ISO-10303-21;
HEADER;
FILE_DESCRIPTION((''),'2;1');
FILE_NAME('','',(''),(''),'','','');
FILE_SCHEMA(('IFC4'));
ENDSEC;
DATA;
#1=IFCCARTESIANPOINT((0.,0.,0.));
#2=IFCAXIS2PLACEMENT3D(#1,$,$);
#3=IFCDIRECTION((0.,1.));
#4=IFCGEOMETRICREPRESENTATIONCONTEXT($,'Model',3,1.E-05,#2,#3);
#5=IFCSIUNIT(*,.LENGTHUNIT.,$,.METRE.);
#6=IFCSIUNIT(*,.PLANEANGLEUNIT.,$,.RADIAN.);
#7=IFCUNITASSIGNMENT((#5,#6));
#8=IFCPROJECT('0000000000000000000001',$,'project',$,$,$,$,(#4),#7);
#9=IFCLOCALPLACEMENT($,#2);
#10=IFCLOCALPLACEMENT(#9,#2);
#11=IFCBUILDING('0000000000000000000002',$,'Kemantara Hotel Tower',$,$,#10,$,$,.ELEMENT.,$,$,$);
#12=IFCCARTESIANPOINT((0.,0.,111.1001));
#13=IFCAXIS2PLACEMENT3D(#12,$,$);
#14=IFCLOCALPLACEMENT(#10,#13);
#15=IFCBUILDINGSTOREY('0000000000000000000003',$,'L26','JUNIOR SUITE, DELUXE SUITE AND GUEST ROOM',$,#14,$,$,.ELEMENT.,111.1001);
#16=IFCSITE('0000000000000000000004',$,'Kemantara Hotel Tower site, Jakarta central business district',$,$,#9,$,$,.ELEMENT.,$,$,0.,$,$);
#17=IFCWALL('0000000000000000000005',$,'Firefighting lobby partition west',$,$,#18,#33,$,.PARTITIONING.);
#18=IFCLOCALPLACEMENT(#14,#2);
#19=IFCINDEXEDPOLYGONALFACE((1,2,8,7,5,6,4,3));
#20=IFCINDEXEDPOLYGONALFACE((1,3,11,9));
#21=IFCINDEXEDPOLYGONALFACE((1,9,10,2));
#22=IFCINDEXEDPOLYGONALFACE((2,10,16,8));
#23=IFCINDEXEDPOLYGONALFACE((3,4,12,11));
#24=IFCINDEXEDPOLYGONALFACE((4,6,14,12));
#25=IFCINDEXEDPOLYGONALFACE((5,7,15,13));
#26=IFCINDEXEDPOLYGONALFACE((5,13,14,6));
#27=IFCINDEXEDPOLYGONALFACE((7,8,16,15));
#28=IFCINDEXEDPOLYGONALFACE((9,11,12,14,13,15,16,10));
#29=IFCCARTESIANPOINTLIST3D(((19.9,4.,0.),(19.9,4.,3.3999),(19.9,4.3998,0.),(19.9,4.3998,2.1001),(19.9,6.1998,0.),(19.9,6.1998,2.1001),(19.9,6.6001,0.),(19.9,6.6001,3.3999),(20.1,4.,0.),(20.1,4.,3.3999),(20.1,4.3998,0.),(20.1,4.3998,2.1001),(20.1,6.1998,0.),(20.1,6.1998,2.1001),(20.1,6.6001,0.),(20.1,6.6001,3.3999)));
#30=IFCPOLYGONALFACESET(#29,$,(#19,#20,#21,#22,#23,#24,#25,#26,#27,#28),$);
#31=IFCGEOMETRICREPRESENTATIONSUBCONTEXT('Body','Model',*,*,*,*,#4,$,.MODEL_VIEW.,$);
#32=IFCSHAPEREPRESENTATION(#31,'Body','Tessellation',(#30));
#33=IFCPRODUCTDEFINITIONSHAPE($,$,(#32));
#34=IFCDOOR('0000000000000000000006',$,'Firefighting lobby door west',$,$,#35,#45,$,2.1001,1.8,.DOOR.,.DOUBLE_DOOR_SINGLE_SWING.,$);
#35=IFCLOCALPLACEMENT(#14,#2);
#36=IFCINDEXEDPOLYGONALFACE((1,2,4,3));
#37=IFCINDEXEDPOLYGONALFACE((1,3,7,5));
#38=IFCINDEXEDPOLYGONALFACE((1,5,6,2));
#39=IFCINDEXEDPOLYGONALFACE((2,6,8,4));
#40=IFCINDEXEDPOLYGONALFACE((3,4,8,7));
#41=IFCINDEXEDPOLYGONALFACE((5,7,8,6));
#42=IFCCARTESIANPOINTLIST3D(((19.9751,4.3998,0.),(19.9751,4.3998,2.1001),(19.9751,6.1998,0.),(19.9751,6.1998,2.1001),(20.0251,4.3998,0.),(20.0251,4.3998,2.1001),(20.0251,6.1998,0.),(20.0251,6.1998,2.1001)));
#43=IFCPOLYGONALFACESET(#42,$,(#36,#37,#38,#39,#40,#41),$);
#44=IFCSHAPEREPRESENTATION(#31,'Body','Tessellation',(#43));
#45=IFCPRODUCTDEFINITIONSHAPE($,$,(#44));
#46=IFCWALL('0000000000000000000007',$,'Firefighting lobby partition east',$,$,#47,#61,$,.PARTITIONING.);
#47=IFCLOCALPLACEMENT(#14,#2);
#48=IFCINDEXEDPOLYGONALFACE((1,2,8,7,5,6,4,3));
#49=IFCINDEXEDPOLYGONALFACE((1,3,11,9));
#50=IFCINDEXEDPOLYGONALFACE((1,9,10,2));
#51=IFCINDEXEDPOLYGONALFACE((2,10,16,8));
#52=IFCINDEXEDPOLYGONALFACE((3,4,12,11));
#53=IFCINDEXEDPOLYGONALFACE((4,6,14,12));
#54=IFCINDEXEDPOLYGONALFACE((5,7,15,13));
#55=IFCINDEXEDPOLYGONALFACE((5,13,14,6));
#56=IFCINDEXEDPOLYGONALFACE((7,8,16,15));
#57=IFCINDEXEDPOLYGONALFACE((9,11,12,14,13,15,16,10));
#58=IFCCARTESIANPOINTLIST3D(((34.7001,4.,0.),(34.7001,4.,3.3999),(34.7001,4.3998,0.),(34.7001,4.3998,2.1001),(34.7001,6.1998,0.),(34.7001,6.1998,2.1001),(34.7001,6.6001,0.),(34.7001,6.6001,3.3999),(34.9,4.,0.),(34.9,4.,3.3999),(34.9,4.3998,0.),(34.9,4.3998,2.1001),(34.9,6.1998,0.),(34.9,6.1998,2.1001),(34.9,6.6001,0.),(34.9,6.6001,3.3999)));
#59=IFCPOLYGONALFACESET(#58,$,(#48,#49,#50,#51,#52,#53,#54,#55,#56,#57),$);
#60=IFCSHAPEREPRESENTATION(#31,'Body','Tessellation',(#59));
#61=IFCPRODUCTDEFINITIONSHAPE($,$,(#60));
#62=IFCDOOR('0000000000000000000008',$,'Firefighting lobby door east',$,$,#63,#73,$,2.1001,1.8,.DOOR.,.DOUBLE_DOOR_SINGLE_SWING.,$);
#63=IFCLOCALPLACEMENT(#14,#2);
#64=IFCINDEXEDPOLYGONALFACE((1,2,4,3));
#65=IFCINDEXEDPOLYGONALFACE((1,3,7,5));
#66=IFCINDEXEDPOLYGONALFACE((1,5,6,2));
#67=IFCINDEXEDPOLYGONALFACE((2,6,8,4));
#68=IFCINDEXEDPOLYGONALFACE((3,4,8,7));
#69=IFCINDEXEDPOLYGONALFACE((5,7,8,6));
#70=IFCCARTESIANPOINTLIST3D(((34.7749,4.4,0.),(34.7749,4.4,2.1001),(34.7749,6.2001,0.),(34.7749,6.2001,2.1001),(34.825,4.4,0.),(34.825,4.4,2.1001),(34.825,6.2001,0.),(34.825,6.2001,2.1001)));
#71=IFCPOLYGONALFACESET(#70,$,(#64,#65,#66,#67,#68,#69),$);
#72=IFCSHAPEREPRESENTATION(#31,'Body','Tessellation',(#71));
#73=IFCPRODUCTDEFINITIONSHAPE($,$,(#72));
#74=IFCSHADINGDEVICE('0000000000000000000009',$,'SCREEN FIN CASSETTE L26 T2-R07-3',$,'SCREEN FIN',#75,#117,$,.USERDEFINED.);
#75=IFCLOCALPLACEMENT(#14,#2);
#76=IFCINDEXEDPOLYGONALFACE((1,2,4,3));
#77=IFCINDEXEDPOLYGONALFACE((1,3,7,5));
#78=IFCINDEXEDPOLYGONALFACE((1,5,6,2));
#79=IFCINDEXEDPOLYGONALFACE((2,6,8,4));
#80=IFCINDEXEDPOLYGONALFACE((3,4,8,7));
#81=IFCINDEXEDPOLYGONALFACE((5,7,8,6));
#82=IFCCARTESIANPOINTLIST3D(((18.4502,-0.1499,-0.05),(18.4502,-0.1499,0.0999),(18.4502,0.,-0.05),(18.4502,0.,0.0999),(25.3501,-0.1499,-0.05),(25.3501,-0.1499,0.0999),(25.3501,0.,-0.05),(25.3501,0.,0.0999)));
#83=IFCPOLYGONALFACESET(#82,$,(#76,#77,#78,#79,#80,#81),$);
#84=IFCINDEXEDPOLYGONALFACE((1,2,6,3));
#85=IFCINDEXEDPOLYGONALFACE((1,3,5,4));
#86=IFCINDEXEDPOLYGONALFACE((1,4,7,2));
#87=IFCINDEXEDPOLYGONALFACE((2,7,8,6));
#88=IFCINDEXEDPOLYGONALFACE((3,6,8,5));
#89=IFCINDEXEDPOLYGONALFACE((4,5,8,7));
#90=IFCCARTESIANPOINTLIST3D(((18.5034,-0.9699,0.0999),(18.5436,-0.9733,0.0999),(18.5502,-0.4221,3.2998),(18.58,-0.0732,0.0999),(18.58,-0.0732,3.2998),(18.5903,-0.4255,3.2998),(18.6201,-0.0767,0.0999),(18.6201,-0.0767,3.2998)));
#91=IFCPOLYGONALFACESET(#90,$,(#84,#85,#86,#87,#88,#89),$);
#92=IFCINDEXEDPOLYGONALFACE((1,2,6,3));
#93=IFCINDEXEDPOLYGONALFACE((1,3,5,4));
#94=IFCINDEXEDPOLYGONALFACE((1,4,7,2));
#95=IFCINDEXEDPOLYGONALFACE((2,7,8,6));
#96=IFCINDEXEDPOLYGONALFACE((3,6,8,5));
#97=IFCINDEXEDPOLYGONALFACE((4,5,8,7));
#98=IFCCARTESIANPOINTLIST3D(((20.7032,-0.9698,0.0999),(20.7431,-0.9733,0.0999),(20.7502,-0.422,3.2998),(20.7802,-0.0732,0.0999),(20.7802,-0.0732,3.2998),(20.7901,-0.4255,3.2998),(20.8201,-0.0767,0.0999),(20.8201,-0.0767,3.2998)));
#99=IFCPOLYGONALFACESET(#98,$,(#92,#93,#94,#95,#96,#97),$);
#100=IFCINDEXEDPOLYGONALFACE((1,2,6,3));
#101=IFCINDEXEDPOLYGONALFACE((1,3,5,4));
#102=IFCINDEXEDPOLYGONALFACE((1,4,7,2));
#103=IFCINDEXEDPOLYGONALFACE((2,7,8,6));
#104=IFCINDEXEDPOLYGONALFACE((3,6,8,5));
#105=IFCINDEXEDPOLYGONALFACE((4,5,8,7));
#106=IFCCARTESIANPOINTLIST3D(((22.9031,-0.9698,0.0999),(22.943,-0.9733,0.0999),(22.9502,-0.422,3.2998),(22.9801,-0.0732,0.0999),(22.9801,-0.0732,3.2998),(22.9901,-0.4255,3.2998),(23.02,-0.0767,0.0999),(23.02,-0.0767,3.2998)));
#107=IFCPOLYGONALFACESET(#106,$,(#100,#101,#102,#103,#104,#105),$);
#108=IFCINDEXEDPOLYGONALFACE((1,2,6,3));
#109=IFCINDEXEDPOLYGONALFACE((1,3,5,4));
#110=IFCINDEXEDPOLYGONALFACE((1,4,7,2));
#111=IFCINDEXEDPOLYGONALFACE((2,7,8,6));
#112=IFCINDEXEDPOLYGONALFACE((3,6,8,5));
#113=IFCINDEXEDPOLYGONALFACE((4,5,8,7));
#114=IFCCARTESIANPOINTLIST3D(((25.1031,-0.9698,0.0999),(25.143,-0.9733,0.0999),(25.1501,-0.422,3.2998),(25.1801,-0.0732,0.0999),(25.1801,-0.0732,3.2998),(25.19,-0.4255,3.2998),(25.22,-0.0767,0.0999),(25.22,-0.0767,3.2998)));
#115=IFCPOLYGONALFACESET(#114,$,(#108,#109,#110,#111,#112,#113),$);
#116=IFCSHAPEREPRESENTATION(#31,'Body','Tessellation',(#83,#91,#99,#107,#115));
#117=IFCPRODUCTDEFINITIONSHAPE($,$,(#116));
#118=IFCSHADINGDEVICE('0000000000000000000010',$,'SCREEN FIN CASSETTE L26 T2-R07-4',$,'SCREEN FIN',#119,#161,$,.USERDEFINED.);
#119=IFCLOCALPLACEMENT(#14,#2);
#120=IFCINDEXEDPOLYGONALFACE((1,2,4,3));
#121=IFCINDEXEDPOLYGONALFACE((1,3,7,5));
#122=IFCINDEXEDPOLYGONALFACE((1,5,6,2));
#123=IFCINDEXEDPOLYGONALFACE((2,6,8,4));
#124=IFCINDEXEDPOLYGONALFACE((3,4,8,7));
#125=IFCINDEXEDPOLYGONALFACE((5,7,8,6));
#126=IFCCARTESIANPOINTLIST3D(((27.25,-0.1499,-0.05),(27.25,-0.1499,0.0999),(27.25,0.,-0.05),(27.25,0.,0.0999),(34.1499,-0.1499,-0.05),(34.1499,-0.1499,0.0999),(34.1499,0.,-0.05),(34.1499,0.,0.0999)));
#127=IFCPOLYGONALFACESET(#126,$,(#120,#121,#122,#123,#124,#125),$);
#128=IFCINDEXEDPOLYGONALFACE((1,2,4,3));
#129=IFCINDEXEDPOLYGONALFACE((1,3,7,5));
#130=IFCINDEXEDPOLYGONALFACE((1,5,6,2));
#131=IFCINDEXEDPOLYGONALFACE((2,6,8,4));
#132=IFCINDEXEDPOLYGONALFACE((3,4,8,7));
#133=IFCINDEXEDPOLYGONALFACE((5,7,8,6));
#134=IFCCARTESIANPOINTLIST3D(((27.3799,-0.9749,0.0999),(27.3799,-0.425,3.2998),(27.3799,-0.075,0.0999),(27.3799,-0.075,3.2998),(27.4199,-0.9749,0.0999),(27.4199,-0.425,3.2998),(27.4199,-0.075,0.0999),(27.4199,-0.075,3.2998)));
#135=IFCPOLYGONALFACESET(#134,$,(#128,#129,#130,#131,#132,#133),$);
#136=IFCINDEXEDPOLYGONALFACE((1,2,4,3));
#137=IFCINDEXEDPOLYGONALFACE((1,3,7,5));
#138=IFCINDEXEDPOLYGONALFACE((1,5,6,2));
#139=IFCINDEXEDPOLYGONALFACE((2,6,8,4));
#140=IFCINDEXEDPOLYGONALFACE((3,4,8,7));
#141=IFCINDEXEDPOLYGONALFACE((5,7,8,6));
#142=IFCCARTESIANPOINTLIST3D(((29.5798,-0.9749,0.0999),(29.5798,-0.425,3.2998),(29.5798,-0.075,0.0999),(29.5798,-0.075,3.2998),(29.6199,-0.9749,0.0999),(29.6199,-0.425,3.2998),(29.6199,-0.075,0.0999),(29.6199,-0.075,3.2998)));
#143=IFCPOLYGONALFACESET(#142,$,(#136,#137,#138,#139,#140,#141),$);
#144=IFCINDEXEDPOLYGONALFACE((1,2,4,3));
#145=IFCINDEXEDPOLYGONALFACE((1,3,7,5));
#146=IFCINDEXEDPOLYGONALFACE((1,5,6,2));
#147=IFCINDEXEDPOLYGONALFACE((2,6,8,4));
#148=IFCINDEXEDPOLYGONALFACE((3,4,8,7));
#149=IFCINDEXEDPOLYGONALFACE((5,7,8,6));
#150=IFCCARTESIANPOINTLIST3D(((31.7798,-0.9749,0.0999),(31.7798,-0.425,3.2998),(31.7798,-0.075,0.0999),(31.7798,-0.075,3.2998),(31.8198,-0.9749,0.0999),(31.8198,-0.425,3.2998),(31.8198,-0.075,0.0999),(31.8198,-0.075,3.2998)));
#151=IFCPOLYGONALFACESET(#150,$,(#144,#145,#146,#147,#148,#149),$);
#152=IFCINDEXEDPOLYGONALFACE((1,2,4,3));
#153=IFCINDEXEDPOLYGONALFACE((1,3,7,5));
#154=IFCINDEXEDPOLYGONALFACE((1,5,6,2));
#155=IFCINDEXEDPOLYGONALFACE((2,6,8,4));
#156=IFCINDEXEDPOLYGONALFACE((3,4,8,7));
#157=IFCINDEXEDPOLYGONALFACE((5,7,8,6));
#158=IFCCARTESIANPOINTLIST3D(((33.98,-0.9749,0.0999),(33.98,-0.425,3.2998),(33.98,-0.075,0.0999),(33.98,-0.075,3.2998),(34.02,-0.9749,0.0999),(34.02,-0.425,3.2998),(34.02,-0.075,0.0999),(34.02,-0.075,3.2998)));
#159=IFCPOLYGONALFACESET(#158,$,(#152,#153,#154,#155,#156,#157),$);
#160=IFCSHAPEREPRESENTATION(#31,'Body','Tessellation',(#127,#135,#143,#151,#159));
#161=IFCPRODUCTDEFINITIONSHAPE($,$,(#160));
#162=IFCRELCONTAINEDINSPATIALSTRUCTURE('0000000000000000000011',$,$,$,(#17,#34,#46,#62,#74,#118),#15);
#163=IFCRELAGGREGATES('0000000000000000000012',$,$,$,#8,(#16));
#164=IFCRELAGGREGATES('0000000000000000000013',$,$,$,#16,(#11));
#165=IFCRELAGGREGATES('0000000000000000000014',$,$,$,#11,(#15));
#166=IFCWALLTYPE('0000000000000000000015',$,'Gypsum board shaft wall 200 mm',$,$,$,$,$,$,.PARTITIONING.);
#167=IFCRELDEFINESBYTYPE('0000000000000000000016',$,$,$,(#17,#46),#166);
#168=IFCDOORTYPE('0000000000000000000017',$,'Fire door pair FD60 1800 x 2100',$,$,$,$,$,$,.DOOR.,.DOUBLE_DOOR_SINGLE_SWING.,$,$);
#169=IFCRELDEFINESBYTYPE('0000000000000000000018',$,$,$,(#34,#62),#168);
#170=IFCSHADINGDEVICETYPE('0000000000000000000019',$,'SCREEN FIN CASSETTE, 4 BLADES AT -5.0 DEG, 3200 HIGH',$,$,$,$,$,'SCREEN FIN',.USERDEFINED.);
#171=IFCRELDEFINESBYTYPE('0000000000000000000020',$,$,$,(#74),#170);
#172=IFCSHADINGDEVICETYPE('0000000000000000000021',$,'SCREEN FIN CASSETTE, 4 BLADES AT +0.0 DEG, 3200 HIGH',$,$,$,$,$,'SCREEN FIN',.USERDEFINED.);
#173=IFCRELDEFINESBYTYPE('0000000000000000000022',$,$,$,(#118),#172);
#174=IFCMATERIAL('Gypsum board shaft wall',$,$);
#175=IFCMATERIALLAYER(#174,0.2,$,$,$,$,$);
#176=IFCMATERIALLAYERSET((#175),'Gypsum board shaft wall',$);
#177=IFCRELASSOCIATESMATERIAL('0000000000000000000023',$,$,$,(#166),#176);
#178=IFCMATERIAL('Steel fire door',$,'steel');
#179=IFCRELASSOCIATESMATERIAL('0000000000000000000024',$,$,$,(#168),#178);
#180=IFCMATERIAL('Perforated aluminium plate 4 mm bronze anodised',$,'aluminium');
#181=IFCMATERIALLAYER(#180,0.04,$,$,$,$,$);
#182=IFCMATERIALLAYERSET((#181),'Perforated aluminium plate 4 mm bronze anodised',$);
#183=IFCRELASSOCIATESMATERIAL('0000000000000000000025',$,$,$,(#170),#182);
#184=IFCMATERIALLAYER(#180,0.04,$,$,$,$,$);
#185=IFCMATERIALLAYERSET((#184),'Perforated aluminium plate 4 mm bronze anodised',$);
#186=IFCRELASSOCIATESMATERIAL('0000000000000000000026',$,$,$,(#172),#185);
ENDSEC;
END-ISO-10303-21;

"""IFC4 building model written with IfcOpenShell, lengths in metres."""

from ifc_helpers import new_model, si_unit, direction, frame, frame_2d, origin, origin_2d, place, context, subcontext, project, spatial, polyline, rectangle, outline, extrude, source, transform, mapped, material, layer, layer_set, type_object, element, fill, save


model = new_model("IFC4")

# Units and contexts
model_context = context("Model", 3, precision=1e-05, world=origin(), true_north=direction((0.0, 1.0)))
body_context = subcontext(model_context, "Body", "Model", "MODEL_VIEW")
ifc_project = project(units=[si_unit("LENGTHUNIT", "METRE"), si_unit("PLANEANGLEUNIT", "RADIAN")], contexts=[model_context])

# Site, building, storey
site_placement = place(None, origin())
site = spatial("IfcSite", under=ifc_project, at=site_placement, Name="Kemantara Hotel Tower site, Jakarta central business district", CompositionType="ELEMENT", RefElevation=0.0)
building_placement = place(site_placement, origin())
building = spatial("IfcBuilding", under=site, at=building_placement, Name="Kemantara Hotel Tower", CompositionType="ELEMENT")
storey_placement = place(building_placement, frame((0.0, 0.0, 111.1001)))
storey = spatial("IfcBuildingStorey", under=building, at=storey_placement, Name="L26", Description="JUNIOR SUITE, DELUXE SUITE AND GUEST ROOM", CompositionType="ELEMENT", Elevation=111.1001)

# Shared definitions
ifc_material_1 = material(Name="Steel fire door", Category="steel")

# Walls, openings, doors
ifc_material_2 = material(Name="Gypsum board shaft wall")
ifc_layer_1 = layer(ifc_material_2, 0.2)
ifc_layer_set_1 = layer_set([ifc_layer_1], Name="Gypsum board shaft wall")
wall_type_1 = type_object("IfcWallType", Name="Gypsum board shaft wall 200 mm", PredefinedType="PARTITIONING", material=ifc_layer_set_1)
wall_1_placement = place(storey_placement, frame((20.0, 4.0, 0.0), z_axis=(0.0, 0.0, 1.0), x_axis=(0.0, 1.0, 0.0)))
wall_1 = element("IfcWall", 1, at=wall_1_placement, inside=storey, type_object=wall_type_1, Name="Firefighting lobby partition west", PredefinedType="PARTITIONING", context=body_context, shape_type="SweptSolid", body=[
    extrude(rectangle(XDim=2.6001, YDim=0.2, at=frame_2d((1.3, 0.0))), origin(), (0.0, 0.0, 1.0), 3.3999),
])
opening_1_placement = place(wall_1_placement, frame((0.3999, 0.0, 0.0)))
opening_1 = element("IfcOpeningElement", 2, at=opening_1_placement, cuts=wall_1, PredefinedType="OPENING", context=body_context, shape_type="SweptSolid", body=[
    extrude(rectangle(XDim=1.8, YDim=2.1001, at=frame_2d((0.8999, 1.05))), frame((0.0, 0.1099, 0.0), z_axis=(0.0, -1.0, 0.0), x_axis=(1.0, 0.0, 0.0)), (0.0, 0.0, 1.0), 0.22),
])
door_type_1 = type_object("IfcDoorType", Name="Fire door pair FD60 1800 x 2100", OperationType="DOUBLE_DOOR_SINGLE_SWING", PredefinedType="DOOR", material=ifc_material_1)
door_1_placement = place(opening_1_placement, origin())
door_1 = element("IfcDoor", 3, at=door_1_placement, inside=storey, type_object=door_type_1, Name="Firefighting lobby door west", OperationType="DOUBLE_DOOR_SINGLE_SWING", OverallHeight=2.1001, OverallWidth=1.8, PredefinedType="DOOR", context=body_context, shape_type="SweptSolid", body=[
    extrude(rectangle(XDim=1.8, YDim=2.1001, at=frame_2d((0.8999, 1.05))), frame((0.0, 0.0249, 0.0), z_axis=(0.0, -1.0, 0.0), x_axis=(1.0, 0.0, 0.0)), (0.0, 0.0, 1.0), 0.05),
])
fill(opening_1, door_1)
wall_2_placement = place(storey_placement, frame((34.8, 4.0, 0.0), z_axis=(0.0, 0.0, 1.0), x_axis=(0.0, 1.0, 0.0)))
wall_2 = element("IfcWall", 4, at=wall_2_placement, inside=storey, type_object=wall_type_1, Name="Firefighting lobby partition east", PredefinedType="PARTITIONING", context=body_context, shape_type="SweptSolid", body=[
    extrude(rectangle(XDim=2.6001, YDim=0.2, at=frame_2d((1.3, 0.0))), origin(), (0.0, 0.0, 1.0), 3.3999),
])
opening_2_placement = place(wall_2_placement, frame((0.3999, 0.0, 0.0)))
opening_2 = element("IfcOpeningElement", 5, at=opening_2_placement, cuts=wall_2, PredefinedType="OPENING", context=body_context, shape_type="SweptSolid", body=[
    extrude(rectangle(XDim=1.8, YDim=2.1001, at=frame_2d((0.8999, 1.05))), frame((0.0, 0.1099, 0.0), z_axis=(0.0, -1.0, 0.0), x_axis=(1.0, 0.0, 0.0)), (0.0, 0.0, 1.0), 0.22),
])
door_2_placement = place(opening_2_placement, frame((1.8, 0.0, 0.0), z_axis=(0.0, 0.0, 1.0), x_axis=(-1.0, 0.0, 0.0)))
door_2 = element("IfcDoor", 6, at=door_2_placement, inside=storey, type_object=door_type_1, Name="Firefighting lobby door east", OperationType="DOUBLE_DOOR_SINGLE_SWING", OverallHeight=2.1001, OverallWidth=1.8, PredefinedType="DOOR", context=body_context, shape_type="SweptSolid", body=[
    extrude(rectangle(XDim=1.8, YDim=2.1001, at=frame_2d((0.8999, 1.05))), frame((0.0, 0.0249, 0.0), z_axis=(0.0, -1.0, 0.0), x_axis=(1.0, 0.0, 0.0)), (0.0, 0.0, 1.0), 0.05),
])
fill(opening_2, door_2)

# Shading devices
ifc_material_3 = material(Name="Perforated aluminium plate 4 mm bronze anodised", Category="aluminium")
ifc_layer_2 = layer(ifc_material_3, 0.04)
ifc_layer_set_2 = layer_set([ifc_layer_2], Name="Perforated aluminium plate 4 mm bronze anodised")
shading_device_type_1 = type_object("IfcShadingDeviceType", Name="SCREEN FIN CASSETTE, 4 BLADES AT -5.0 DEG, 3200 HIGH", ElementType="SCREEN FIN", PredefinedType="USERDEFINED", material=ifc_layer_set_2)
shared_shape_1 = source(origin(), body_context, "Body", "SweptSolid", [
    extrude(rectangle(XDim=6.8999, YDim=0.1499, at=origin_2d()), frame((3.3, -0.075, -0.1499), z_axis=(0.0, 0.0, 1.0), x_axis=(1.0, 0.0, 0.0)), (0.0, 0.0, 1.0), 0.1499),
    extrude(outline(polyline([(0.0, 0.0), (0.8999, 0.0), (0.3501, 3.2), (0.0, 3.2), (0.0, 0.0)])), frame((0.02, -0.0767, 0.0), z_axis=(-0.996376, 0.085056, 0.0), x_axis=(-0.085056, -0.996376, 0.0)), (0.0, 0.0, 1.0), 0.0403),
    extrude(outline(polyline([(0.0, 0.0), (0.8999, 0.0), (0.3501, 3.2), (0.0, 3.2), (0.0, 0.0)])), frame((2.22, -0.0767, 0.0), z_axis=(-0.996332, 0.085575, 0.0), x_axis=(-0.085575, -0.996332, 0.0)), (0.0, 0.0, 1.0), 0.04),
    extrude(outline(polyline([(0.0, 0.0), (0.8999, 0.0), (0.3501, 3.2), (0.0, 3.2), (0.0, 0.0)])), frame((4.4199, -0.0767, 0.0), z_axis=(-0.996332, 0.085575, 0.0), x_axis=(-0.085575, -0.996332, 0.0)), (0.0, 0.0, 1.0), 0.04),
    extrude(outline(polyline([(0.0, 0.0), (0.8999, 0.0), (0.3501, 3.2), (0.0, 3.2), (0.0, 0.0)])), frame((6.6199, -0.0767, 0.0), z_axis=(-0.996332, 0.085575, 0.0), x_axis=(-0.085575, -0.996332, 0.0)), (0.0, 0.0, 1.0), 0.04),
])
shading_device_1_placement = place(storey_placement, frame((18.6001, 0.0, 0.0999), z_axis=(0.0, 0.0, 1.0), x_axis=(1.0, 0.0, 0.0)))
element("IfcShadingDevice", 7, at=shading_device_1_placement, inside=storey, type_object=shading_device_type_1, Name="SCREEN FIN CASSETTE L26 T2-R07-3", ObjectType="SCREEN FIN", PredefinedType="USERDEFINED", context=body_context, shape_type="MappedRepresentation", body=[
    mapped(shared_shape_1, transform((0.0, 0.0, 0.0))),
])
ifc_layer_3 = layer(ifc_material_3, 0.04)
ifc_layer_set_3 = layer_set([ifc_layer_3], Name="Perforated aluminium plate 4 mm bronze anodised")
shading_device_type_2 = type_object("IfcShadingDeviceType", Name="SCREEN FIN CASSETTE, 4 BLADES AT +0.0 DEG, 3200 HIGH", ElementType="SCREEN FIN", PredefinedType="USERDEFINED", material=ifc_layer_set_3)
shared_shape_2 = source(origin(), body_context, "Body", "SweptSolid", [
    extrude(rectangle(XDim=6.8999, YDim=0.1499, at=origin_2d()), frame((3.3, -0.075, -0.1499), z_axis=(0.0, 0.0, 1.0), x_axis=(1.0, 0.0, 0.0)), (0.0, 0.0, 1.0), 0.1499),
    extrude(outline(polyline([(0.0, 0.0), (0.8999, 0.0), (0.3501, 3.2), (0.0, 3.2), (0.0, 0.0)])), frame((0.02, -0.075, 0.0), z_axis=(-1.0, 0.0, 0.0), x_axis=(0.0, -1.0, 0.0)), (0.0, 0.0, 1.0), 0.04),
    extrude(outline(polyline([(0.0, 0.0), (0.8999, 0.0), (0.3501, 3.2), (0.0, 3.2), (0.0, 0.0)])), frame((2.22, -0.075, 0.0), z_axis=(-1.0, 0.0, 0.0), x_axis=(0.0, -1.0, 0.0)), (0.0, 0.0, 1.0), 0.04),
    extrude(outline(polyline([(0.0, 0.0), (0.8999, 0.0), (0.3501, 3.2), (0.0, 3.2), (0.0, 0.0)])), frame((4.4199, -0.075, 0.0), z_axis=(-1.0, 0.0, 0.0), x_axis=(0.0, -1.0, 0.0)), (0.0, 0.0, 1.0), 0.04),
    extrude(outline(polyline([(0.0, 0.0), (0.8999, 0.0), (0.3501, 3.2), (0.0, 3.2), (0.0, 0.0)])), frame((6.6201, -0.075, 0.0), z_axis=(-1.0, 0.0, 0.0), x_axis=(0.0, -1.0, 0.0)), (0.0, 0.0, 1.0), 0.04),
])
shading_device_2_placement = place(storey_placement, frame((27.3999, 0.0, 0.0999), z_axis=(0.0, 0.0, 1.0), x_axis=(1.0, 0.0, 0.0)))
element("IfcShadingDevice", 8, at=shading_device_2_placement, inside=storey, type_object=shading_device_type_2, Name="SCREEN FIN CASSETTE L26 T2-R07-4", ObjectType="SCREEN FIN", PredefinedType="USERDEFINED", context=body_context, shape_type="MappedRepresentation", body=[
    mapped(shared_shape_2, transform((0.0, 0.0, 0.0))),
])

save(model, "model.ifc")
